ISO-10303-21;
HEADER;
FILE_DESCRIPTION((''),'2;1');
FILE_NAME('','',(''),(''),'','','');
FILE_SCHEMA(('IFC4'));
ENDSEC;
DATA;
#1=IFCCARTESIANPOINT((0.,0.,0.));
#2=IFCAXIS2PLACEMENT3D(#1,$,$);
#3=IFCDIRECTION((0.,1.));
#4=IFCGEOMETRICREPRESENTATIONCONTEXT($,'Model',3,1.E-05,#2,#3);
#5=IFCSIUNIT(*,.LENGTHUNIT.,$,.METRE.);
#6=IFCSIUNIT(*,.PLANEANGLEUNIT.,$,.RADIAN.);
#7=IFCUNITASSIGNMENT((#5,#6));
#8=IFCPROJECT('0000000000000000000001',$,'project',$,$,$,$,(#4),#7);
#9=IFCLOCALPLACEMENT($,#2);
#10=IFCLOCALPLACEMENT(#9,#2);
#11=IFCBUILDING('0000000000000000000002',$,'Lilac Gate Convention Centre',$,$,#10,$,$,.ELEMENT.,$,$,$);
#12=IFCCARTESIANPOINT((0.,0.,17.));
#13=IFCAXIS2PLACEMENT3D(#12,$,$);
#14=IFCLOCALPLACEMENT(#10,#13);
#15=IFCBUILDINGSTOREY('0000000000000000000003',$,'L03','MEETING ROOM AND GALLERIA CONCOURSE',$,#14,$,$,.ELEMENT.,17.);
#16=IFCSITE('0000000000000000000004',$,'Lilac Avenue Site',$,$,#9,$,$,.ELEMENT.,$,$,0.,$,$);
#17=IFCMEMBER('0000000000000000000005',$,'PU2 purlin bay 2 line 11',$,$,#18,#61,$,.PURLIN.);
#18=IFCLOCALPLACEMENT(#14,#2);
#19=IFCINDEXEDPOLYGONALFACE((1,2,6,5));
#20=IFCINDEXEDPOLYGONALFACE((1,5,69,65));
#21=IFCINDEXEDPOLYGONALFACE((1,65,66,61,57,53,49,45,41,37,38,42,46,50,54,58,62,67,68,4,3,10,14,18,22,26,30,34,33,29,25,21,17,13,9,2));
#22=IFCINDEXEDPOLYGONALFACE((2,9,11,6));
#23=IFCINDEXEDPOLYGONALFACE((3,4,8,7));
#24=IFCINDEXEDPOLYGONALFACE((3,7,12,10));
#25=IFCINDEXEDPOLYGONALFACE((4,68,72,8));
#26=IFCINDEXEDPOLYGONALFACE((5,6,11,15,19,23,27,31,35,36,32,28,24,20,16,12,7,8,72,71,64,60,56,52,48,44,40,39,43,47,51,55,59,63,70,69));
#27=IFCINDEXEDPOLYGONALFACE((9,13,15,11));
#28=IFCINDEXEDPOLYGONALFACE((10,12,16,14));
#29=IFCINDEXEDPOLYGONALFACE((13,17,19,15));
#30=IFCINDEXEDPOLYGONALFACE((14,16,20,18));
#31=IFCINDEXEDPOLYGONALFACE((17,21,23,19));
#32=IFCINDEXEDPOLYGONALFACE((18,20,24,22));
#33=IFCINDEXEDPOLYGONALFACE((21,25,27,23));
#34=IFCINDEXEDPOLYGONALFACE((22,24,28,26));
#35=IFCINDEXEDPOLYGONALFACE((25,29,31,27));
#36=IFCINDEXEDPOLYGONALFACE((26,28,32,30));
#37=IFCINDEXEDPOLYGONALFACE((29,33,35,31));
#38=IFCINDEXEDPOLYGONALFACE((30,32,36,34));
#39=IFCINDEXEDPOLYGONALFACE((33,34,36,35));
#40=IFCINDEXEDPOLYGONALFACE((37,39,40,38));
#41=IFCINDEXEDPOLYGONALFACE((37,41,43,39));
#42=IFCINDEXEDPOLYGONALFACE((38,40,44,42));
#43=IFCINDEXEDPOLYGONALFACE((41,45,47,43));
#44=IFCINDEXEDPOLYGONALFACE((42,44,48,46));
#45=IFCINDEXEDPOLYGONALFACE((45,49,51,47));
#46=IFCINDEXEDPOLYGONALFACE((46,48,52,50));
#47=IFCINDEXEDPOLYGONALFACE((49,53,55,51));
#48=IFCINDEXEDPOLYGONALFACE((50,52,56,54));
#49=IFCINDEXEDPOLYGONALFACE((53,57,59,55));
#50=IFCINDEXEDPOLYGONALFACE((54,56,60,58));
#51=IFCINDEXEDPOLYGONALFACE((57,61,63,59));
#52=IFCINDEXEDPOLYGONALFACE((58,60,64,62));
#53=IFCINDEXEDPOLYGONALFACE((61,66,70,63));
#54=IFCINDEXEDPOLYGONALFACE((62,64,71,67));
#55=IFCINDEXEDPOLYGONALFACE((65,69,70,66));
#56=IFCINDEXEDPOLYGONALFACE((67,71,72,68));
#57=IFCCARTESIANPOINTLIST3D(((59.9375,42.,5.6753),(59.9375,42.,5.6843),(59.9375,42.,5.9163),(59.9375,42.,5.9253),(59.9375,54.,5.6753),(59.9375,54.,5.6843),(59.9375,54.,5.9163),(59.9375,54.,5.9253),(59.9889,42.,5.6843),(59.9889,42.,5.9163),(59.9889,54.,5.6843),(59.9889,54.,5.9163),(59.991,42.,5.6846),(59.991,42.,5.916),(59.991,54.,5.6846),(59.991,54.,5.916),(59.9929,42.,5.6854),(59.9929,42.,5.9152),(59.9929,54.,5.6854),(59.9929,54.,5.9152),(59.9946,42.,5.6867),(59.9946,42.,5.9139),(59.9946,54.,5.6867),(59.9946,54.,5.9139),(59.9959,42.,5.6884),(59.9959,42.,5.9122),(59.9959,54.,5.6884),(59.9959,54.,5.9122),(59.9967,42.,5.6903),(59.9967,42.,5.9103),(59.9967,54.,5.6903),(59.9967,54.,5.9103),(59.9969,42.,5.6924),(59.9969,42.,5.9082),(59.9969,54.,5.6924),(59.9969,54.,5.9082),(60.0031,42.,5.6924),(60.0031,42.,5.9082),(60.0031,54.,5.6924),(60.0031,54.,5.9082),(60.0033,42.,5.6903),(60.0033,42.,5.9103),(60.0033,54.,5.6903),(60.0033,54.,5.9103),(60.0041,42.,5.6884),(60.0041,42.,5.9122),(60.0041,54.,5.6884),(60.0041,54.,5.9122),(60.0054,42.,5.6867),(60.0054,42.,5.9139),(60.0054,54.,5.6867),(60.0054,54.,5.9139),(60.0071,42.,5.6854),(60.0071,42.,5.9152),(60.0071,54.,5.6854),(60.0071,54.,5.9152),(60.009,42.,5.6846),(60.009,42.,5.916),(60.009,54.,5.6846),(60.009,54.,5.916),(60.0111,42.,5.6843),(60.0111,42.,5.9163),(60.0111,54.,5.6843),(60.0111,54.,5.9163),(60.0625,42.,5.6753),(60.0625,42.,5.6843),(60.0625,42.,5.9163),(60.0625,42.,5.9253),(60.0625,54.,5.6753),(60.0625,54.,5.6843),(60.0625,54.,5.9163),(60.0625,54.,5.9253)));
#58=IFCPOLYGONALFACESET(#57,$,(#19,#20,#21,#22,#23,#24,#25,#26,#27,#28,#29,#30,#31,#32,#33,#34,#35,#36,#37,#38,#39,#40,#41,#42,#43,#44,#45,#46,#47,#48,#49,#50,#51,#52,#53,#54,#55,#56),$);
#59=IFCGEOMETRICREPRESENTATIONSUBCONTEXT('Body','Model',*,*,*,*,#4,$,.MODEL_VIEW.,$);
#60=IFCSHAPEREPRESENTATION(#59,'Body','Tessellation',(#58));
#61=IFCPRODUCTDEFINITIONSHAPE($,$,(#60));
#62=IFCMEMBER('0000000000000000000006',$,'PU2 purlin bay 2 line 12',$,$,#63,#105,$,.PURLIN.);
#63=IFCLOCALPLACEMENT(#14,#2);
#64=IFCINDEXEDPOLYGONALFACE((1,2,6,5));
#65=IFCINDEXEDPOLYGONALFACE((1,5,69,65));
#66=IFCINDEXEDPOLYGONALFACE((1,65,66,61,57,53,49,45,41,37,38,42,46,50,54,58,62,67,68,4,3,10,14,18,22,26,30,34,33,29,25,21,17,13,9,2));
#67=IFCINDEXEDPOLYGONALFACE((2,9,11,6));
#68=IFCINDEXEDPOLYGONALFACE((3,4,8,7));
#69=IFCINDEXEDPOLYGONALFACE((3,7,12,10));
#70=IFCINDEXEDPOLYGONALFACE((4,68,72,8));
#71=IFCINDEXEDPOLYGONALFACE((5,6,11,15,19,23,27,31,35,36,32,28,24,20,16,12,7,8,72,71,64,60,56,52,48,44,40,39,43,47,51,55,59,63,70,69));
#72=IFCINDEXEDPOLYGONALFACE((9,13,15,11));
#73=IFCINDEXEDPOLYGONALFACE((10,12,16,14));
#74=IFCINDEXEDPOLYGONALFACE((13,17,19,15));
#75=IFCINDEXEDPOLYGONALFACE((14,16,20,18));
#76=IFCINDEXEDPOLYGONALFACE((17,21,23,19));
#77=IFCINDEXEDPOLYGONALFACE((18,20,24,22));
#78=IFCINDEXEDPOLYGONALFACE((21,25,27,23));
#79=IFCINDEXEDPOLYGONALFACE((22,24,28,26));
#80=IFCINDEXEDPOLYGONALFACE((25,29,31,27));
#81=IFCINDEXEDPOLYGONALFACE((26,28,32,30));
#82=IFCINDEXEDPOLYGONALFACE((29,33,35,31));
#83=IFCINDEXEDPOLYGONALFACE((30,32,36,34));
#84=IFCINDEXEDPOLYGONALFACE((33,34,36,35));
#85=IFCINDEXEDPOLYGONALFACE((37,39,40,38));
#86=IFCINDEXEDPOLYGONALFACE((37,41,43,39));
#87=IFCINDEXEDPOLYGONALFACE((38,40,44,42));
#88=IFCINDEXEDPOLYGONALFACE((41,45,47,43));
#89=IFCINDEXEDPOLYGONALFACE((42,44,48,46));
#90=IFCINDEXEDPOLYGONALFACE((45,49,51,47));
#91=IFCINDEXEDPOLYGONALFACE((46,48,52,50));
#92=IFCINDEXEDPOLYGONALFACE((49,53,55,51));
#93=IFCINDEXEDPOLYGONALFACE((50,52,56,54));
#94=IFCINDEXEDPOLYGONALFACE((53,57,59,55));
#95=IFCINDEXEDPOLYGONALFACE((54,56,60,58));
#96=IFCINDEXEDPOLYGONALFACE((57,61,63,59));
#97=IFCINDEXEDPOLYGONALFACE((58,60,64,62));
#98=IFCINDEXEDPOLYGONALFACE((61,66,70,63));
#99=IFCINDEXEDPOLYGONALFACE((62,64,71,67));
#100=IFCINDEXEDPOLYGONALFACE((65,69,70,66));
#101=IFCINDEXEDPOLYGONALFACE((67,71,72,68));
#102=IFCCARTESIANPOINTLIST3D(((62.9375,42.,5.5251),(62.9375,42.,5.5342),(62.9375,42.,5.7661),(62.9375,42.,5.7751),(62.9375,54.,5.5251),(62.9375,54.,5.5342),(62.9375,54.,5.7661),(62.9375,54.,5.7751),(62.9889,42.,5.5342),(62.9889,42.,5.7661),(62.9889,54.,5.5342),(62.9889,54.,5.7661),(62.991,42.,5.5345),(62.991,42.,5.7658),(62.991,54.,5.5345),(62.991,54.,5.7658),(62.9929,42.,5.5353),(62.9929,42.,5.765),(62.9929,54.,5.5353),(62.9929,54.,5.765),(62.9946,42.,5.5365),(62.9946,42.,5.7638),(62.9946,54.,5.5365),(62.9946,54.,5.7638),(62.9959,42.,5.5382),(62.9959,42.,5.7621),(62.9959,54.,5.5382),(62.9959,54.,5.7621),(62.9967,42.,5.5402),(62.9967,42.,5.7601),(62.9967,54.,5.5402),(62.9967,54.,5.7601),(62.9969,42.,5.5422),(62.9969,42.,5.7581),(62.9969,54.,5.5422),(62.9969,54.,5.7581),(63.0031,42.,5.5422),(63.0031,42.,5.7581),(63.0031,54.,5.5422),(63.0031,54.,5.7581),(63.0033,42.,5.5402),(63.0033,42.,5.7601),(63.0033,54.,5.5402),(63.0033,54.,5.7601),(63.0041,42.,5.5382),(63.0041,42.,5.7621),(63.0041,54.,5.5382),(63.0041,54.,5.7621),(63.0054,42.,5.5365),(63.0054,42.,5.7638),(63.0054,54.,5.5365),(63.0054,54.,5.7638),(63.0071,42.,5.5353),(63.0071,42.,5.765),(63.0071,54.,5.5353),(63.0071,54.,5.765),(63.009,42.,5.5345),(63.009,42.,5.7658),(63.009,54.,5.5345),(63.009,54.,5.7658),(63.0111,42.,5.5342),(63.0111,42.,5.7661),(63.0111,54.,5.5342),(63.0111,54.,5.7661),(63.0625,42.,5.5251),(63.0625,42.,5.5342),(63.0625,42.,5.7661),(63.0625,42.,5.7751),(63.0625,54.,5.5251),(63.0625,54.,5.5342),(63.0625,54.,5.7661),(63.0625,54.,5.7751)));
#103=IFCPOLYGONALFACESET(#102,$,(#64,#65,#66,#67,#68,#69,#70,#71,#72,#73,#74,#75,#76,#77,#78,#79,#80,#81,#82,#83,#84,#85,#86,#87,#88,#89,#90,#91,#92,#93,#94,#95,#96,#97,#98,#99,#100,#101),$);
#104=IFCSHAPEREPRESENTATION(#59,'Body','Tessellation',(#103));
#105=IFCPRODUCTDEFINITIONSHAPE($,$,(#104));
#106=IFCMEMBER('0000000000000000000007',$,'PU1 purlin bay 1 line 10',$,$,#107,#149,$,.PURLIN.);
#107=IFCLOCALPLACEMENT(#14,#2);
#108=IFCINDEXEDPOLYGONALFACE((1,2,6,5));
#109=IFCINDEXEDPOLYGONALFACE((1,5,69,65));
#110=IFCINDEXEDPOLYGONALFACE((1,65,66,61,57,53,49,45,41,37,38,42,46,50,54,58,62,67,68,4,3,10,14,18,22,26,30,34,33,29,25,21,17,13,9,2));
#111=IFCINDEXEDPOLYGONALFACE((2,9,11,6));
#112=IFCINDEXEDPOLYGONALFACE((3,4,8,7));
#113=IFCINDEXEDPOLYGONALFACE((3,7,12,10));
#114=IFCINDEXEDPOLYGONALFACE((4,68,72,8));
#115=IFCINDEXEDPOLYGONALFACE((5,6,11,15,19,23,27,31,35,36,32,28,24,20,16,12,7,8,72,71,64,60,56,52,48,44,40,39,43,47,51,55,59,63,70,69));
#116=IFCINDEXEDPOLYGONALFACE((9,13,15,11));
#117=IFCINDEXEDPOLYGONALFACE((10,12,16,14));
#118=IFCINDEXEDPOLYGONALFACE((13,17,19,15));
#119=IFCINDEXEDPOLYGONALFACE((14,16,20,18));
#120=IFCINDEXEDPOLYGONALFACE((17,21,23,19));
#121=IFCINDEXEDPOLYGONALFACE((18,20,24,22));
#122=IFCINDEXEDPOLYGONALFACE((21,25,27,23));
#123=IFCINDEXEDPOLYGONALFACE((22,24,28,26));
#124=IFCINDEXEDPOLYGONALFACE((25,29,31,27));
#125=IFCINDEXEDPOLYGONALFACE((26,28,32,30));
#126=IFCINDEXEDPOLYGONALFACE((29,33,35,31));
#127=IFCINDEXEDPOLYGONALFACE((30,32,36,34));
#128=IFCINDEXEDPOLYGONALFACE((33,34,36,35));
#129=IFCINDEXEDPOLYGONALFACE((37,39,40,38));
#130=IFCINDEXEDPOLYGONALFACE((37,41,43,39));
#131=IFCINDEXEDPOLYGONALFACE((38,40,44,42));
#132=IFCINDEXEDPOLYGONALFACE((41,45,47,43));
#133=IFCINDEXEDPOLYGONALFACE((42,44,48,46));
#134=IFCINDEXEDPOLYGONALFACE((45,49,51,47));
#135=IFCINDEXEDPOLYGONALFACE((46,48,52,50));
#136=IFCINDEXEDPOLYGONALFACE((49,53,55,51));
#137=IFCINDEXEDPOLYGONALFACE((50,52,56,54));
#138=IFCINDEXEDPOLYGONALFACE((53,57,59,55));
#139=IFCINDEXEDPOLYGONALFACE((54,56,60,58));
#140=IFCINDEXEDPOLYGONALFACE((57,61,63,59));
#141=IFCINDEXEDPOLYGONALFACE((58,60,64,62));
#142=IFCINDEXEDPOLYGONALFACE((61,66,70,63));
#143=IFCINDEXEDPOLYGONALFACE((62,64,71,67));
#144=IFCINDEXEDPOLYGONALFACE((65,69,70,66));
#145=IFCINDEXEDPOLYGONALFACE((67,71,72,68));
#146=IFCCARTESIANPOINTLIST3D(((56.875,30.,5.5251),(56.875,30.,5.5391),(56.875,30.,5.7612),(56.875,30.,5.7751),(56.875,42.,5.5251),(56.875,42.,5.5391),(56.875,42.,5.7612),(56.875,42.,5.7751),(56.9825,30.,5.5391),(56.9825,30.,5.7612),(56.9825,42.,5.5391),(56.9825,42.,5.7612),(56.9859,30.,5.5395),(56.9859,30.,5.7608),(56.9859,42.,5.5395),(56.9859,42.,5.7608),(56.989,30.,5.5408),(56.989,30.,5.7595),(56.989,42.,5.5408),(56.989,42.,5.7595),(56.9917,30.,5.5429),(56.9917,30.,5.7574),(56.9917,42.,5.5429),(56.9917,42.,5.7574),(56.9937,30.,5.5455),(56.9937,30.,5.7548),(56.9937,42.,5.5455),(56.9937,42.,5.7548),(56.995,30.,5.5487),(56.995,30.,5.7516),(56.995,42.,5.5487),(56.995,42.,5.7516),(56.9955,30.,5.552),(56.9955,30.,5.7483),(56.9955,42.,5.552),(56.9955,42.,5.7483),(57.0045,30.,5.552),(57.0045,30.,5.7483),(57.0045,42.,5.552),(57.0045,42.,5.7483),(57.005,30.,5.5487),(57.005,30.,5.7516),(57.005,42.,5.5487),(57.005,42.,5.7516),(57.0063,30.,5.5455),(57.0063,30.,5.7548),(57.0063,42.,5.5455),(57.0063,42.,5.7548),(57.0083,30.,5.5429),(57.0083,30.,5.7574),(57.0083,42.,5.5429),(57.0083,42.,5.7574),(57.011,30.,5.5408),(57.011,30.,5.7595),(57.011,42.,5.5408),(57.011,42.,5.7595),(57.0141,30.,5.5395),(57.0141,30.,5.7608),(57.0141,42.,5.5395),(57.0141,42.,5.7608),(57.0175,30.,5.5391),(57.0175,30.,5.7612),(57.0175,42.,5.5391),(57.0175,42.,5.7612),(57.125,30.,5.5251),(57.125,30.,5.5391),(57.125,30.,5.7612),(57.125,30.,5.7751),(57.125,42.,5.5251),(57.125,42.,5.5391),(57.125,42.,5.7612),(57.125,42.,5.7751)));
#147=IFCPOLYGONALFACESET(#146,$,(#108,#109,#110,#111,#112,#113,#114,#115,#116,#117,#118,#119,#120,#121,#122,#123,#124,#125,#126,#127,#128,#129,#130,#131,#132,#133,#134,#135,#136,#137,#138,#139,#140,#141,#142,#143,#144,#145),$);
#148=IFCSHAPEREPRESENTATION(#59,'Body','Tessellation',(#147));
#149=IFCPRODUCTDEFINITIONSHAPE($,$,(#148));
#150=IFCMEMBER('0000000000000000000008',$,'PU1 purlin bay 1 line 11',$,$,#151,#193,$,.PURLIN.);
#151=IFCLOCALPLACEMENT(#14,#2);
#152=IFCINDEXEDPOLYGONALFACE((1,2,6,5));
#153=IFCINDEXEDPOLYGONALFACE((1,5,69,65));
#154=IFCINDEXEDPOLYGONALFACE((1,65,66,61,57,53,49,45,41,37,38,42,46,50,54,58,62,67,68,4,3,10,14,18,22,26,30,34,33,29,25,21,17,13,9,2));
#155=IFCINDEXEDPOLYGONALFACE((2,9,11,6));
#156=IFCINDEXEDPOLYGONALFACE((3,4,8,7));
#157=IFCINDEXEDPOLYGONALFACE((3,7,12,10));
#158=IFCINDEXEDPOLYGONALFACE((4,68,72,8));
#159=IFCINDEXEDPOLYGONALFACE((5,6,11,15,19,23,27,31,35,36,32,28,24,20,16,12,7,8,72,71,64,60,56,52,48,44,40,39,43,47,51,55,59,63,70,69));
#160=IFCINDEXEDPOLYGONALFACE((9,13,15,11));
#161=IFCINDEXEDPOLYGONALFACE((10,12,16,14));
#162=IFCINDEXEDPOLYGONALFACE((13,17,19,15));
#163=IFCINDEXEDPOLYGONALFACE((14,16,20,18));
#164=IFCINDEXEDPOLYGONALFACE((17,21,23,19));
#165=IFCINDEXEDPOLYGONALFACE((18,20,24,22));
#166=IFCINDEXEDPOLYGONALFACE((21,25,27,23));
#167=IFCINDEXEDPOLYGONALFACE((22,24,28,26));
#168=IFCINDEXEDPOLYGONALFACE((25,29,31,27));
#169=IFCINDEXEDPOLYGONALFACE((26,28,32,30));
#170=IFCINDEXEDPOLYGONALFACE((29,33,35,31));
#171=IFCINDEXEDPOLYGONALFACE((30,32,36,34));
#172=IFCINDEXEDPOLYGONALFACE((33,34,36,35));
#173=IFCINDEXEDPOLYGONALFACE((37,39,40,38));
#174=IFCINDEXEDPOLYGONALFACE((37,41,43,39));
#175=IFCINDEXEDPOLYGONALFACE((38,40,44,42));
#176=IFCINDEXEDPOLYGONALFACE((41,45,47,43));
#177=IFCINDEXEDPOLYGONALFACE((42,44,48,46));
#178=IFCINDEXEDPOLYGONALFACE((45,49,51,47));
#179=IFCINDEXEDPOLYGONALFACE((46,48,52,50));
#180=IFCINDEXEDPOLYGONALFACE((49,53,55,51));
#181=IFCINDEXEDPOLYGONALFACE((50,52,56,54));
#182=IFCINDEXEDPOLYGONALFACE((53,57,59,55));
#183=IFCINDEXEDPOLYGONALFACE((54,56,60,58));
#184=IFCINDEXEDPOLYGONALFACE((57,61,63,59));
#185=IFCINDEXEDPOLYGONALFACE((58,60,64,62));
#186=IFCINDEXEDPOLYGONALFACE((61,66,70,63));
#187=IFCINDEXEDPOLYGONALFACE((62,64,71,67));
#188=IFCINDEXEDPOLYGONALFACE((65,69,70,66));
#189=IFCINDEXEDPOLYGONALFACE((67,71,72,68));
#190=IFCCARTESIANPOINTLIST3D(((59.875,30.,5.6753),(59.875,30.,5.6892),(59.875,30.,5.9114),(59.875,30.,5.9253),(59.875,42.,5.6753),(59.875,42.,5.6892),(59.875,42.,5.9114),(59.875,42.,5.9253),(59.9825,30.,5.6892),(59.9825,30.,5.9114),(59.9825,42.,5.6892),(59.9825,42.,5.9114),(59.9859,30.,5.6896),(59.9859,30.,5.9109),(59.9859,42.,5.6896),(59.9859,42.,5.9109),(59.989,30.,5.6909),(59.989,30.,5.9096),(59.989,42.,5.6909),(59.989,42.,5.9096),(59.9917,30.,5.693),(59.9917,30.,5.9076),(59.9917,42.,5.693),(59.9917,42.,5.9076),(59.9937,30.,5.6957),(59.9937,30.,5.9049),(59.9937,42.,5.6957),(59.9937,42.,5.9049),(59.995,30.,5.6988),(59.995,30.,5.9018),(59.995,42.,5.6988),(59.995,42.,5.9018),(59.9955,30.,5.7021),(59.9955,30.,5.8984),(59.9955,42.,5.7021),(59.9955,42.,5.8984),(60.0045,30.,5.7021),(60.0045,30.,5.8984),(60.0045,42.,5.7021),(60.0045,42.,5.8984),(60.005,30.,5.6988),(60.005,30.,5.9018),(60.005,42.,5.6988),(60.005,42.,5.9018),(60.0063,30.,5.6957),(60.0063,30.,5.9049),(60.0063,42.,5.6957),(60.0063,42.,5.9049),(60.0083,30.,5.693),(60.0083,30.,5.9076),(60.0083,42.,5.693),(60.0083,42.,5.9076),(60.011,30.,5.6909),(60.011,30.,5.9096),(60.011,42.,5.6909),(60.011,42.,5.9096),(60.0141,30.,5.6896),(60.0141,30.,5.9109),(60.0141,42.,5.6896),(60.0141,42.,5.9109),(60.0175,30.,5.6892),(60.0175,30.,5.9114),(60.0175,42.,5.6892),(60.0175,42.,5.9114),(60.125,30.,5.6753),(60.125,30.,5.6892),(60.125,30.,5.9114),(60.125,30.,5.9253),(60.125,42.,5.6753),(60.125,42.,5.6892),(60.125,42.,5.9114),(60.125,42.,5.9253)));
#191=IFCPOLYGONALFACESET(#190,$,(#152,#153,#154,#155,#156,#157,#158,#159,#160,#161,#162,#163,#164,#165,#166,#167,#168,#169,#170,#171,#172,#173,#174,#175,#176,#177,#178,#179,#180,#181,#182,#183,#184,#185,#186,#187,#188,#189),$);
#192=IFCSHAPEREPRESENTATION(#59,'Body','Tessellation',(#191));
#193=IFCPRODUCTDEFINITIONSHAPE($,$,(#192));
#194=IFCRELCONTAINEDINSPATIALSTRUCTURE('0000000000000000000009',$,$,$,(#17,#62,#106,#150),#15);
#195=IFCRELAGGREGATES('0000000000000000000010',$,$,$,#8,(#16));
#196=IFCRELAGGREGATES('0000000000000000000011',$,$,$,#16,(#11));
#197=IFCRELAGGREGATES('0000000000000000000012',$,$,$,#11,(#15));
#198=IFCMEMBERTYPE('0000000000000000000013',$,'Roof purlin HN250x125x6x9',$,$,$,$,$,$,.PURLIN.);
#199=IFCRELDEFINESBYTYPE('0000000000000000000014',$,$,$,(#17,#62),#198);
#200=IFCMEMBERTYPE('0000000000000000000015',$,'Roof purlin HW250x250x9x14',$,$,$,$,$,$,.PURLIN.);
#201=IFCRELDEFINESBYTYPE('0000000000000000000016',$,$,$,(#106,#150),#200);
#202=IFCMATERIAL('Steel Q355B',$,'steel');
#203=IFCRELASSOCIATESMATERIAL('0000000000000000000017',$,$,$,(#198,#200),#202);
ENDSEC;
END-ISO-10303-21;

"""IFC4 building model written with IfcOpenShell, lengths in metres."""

from ifc_helpers import new_model, si_unit, direction, frame, origin, origin_2d, place, context, subcontext, project, spatial, i_section, extrude, material, material_profile, profile_set, type_object, element, save


model = new_model("IFC4")

# Units and contexts
model_context = context("Model", 3, precision=1e-05, world=origin(), true_north=direction((0.0, 1.0)))
body_context = subcontext(model_context, "Body", "Model", "MODEL_VIEW")
ifc_project = project(units=[si_unit("LENGTHUNIT", "METRE"), si_unit("PLANEANGLEUNIT", "RADIAN")], contexts=[model_context])

# Site, building, storey
site_placement = place(None, origin())
site = spatial("IfcSite", under=ifc_project, at=site_placement, Name="Lilac Avenue Site", CompositionType="ELEMENT", RefElevation=0.0)
building_placement = place(site_placement, origin())
building = spatial("IfcBuilding", under=site, at=building_placement, Name="Lilac Gate Convention Centre", CompositionType="ELEMENT")
storey_placement = place(building_placement, frame((0.0, 0.0, 17.0)))
storey = spatial("IfcBuildingStorey", under=building, at=storey_placement, Name="L03", Description="MEETING ROOM AND GALLERIA CONCOURSE", CompositionType="ELEMENT", Elevation=17.0)

# Members
ifc_material = material(Name="Steel Q355B", Category="steel")
ifc_material_profile_1 = material_profile(ifc_material, i_section(OverallWidth=0.125, OverallDepth=0.25, WebThickness=0.0061, FlangeThickness=0.009, FilletRadius=0.0081, at=origin_2d()), Name="HN250x125x6x9")
ifc_profile_set_1 = profile_set([ifc_material_profile_1], Name="Steel Q355B")
member_type_1 = type_object("IfcMemberType", Name="Roof purlin HN250x125x6x9", PredefinedType="PURLIN", material=ifc_profile_set_1)
for number, where, z_axis, x_axis, name in (
    (1, (60.0, 42.0, 5.8003), (0.0, 1.0, 0.0), (-1.0, 0.0, 0.0), "PU2 purlin bay 2 line 11"),
    (2, (63.0, 42.0, 5.6501), (0.0, 1.0, 0.0), (-1.0, 0.0, 0.0), "PU2 purlin bay 2 line 12"),
):
    element("IfcMember", number, at=place(storey_placement, frame(where, z_axis=z_axis, x_axis=x_axis)), inside=storey, type_object=member_type_1, Name=name, PredefinedType="PURLIN", context=body_context, shape_type="SweptSolid", body=[
        extrude(i_section(OverallWidth=0.125, OverallDepth=0.25, WebThickness=0.0061, FlangeThickness=0.009, FilletRadius=0.0081, at=origin_2d()), origin(), (0.0, 0.0, 1.0), 12.0),
    ])
ifc_material_profile_2 = material_profile(ifc_material, i_section(OverallWidth=0.25, OverallDepth=0.25, WebThickness=0.009, FlangeThickness=0.0139, FilletRadius=0.0129, at=origin_2d()), Name="HW250x250x9x14")
ifc_profile_set_2 = profile_set([ifc_material_profile_2], Name="Steel Q355B")
member_type_2 = type_object("IfcMemberType", Name="Roof purlin HW250x250x9x14", PredefinedType="PURLIN", material=ifc_profile_set_2)
for number, where, z_axis, x_axis, name in (
    (3, (57.0, 30.0, 5.6501), (0.0, 1.0, 0.0), (-1.0, 0.0, 0.0), "PU1 purlin bay 1 line 10"),
    (4, (60.0, 30.0, 5.8003), (0.0, 1.0, 0.0), (-1.0, 0.0, 0.0), "PU1 purlin bay 1 line 11"),
):
    element("IfcMember", number, at=place(storey_placement, frame(where, z_axis=z_axis, x_axis=x_axis)), inside=storey, type_object=member_type_2, Name=name, PredefinedType="PURLIN", context=body_context, shape_type="SweptSolid", body=[
        extrude(i_section(OverallWidth=0.25, OverallDepth=0.25, WebThickness=0.009, FlangeThickness=0.0139, FilletRadius=0.0129, at=origin_2d()), origin(), (0.0, 0.0, 1.0), 12.0),
    ])

save(model, "model.ifc")
